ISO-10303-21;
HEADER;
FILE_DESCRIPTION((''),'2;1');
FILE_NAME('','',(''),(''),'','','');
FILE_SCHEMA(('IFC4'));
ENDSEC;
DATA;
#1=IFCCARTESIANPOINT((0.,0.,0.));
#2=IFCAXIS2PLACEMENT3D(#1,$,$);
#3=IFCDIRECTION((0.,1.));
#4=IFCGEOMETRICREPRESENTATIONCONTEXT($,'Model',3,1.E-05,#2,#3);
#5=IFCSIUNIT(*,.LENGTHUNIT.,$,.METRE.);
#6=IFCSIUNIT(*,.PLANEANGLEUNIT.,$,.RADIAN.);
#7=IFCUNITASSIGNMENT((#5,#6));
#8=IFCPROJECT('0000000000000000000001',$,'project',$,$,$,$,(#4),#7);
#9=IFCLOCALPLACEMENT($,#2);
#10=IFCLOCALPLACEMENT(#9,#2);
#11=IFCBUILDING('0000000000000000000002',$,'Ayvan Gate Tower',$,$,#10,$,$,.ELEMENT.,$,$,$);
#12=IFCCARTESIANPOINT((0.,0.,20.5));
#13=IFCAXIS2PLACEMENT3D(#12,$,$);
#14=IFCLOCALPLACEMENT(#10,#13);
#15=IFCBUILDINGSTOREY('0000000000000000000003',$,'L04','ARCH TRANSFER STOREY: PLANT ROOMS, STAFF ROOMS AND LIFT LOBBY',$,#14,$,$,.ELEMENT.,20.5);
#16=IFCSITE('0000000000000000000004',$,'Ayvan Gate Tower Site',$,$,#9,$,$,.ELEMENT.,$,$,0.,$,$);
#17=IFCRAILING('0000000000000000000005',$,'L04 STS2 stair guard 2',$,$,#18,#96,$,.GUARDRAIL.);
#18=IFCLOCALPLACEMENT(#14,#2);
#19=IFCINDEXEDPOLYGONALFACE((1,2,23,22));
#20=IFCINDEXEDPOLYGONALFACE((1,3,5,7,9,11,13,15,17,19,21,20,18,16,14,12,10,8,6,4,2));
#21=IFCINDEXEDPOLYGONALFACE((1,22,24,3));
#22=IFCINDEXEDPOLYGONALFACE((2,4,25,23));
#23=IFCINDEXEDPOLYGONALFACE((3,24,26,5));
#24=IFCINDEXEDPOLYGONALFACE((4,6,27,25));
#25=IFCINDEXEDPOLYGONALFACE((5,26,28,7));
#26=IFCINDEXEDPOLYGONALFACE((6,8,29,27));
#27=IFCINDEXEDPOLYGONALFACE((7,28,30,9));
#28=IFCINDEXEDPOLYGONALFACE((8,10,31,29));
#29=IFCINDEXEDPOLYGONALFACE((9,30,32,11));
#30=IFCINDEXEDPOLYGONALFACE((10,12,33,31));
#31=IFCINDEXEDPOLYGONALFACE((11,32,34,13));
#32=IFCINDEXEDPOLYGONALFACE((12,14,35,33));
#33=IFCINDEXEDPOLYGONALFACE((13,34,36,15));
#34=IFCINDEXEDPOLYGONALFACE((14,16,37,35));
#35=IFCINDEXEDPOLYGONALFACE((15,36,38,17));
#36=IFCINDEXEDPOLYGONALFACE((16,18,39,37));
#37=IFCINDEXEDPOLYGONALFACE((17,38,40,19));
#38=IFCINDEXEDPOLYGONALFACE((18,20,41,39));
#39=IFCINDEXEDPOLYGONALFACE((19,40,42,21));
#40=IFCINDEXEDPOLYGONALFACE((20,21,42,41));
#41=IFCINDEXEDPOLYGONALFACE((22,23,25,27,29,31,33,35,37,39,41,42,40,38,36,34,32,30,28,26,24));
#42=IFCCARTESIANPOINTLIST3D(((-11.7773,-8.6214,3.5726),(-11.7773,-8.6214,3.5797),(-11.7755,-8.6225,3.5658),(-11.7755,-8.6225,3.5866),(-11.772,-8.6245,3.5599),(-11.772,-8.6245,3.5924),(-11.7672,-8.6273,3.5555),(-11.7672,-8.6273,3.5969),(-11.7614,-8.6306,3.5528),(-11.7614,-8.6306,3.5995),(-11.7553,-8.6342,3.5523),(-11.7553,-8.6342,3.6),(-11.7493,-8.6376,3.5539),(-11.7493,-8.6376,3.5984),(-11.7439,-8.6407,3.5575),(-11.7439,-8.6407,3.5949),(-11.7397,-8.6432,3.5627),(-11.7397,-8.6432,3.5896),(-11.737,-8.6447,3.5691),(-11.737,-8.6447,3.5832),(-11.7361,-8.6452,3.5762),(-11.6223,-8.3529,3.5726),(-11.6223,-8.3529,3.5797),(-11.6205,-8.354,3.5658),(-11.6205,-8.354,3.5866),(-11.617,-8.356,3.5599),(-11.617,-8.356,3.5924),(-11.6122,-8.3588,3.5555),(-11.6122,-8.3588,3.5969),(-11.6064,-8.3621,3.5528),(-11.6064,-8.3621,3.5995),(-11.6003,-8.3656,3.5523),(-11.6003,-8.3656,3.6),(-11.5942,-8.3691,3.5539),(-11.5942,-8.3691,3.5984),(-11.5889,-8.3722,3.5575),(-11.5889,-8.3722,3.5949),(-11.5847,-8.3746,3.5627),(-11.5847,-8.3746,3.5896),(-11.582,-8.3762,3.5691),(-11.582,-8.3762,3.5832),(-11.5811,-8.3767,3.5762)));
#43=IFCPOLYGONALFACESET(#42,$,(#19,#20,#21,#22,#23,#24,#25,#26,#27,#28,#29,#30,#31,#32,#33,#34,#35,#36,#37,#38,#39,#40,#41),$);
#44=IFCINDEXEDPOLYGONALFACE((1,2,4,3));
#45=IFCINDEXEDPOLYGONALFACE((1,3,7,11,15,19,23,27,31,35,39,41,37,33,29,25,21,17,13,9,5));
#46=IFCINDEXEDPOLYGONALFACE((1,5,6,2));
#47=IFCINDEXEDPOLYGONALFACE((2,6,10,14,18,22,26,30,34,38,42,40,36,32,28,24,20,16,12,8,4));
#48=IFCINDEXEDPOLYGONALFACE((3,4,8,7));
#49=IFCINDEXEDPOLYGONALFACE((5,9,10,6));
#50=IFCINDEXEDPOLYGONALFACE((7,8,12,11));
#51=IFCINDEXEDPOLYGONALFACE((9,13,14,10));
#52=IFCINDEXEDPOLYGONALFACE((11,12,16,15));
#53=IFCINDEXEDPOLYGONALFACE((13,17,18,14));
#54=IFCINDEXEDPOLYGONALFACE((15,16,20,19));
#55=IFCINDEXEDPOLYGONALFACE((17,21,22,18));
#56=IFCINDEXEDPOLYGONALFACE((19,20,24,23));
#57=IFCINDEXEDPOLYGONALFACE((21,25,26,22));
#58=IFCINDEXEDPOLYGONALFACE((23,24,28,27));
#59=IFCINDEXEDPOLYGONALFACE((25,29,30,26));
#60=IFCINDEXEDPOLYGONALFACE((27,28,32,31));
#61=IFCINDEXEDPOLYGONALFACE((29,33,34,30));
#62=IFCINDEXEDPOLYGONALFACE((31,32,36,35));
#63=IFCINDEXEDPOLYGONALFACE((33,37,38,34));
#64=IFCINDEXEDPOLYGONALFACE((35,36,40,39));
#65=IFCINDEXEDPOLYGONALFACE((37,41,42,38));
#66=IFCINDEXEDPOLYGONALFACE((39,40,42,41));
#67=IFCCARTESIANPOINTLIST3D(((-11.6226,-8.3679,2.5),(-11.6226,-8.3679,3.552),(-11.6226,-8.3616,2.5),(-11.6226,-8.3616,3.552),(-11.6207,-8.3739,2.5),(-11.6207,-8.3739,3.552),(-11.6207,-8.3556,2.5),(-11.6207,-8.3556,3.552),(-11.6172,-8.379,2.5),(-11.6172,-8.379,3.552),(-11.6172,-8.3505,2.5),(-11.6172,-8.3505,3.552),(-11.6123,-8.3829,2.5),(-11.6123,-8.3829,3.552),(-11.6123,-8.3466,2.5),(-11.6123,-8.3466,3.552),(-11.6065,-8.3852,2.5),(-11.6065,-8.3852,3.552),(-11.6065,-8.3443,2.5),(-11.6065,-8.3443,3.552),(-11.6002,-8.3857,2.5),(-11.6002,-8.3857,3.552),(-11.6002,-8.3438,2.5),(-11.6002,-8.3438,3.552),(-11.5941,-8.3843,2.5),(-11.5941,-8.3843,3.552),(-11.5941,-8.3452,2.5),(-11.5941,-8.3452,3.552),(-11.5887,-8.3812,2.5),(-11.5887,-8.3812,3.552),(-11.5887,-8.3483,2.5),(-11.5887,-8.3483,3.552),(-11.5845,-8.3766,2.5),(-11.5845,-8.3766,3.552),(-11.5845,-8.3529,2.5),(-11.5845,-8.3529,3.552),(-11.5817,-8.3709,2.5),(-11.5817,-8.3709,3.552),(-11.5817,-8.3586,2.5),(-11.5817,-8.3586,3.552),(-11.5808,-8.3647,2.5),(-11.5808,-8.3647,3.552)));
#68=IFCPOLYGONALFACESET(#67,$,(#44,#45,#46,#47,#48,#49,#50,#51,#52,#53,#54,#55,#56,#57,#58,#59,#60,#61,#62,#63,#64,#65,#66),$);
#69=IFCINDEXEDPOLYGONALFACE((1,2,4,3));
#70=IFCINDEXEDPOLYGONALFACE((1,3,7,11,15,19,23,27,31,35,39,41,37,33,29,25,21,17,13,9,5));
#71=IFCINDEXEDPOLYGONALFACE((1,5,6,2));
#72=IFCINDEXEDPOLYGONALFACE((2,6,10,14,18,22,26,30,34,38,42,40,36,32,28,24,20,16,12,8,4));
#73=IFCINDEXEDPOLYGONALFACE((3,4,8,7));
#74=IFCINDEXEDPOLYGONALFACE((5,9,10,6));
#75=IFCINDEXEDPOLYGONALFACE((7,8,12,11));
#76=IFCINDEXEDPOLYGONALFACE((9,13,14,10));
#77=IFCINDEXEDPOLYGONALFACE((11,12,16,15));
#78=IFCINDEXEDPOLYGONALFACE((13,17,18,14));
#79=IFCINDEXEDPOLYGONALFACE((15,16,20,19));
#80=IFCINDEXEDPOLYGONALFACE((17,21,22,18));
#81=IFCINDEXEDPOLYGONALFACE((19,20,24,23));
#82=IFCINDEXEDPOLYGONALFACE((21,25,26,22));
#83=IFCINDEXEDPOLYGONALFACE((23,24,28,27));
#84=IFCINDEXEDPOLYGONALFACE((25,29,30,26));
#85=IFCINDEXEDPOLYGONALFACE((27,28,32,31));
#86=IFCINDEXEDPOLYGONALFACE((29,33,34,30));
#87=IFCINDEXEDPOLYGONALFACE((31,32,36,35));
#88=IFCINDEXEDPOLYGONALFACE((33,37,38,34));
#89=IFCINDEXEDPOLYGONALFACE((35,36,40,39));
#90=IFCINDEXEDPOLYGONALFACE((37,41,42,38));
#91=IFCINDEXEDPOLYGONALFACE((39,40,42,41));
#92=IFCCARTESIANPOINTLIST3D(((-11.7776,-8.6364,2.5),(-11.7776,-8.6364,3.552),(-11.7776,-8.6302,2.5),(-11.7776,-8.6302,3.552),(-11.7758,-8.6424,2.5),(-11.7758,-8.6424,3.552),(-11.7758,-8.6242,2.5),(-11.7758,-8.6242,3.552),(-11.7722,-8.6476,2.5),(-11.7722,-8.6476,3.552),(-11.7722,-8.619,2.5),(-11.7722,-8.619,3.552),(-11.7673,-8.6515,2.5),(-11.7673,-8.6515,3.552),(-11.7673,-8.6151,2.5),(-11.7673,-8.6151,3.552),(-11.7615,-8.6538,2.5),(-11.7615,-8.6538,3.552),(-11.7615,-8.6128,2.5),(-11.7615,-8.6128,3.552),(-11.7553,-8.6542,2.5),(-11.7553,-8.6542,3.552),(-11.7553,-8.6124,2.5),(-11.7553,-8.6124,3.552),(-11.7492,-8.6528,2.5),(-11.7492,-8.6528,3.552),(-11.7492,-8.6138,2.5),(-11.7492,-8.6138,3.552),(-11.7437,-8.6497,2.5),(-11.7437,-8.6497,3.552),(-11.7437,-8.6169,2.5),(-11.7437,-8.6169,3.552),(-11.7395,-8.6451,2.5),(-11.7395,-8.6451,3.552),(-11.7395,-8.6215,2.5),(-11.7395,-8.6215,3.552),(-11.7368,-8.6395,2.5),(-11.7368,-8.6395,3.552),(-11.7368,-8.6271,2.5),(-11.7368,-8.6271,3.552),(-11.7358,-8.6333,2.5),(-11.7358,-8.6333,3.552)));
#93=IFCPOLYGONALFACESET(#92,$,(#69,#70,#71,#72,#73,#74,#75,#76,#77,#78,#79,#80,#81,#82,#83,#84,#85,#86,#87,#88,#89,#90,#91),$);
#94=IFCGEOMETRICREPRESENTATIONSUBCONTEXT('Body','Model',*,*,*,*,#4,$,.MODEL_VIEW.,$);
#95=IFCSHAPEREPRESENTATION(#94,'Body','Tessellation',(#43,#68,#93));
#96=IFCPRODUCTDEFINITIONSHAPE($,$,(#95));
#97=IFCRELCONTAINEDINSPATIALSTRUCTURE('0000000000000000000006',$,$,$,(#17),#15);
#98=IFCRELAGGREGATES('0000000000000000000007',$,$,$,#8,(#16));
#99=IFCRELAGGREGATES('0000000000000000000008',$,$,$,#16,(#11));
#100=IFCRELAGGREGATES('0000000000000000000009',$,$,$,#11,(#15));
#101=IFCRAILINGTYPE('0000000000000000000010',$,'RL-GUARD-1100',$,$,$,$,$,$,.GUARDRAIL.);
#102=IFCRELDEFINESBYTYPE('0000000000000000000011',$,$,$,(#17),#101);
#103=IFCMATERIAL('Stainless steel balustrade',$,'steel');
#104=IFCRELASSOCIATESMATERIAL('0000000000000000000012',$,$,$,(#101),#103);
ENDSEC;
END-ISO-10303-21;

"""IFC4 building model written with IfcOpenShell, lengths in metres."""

from ifc_helpers import new_model, si_unit, direction, frame, origin, origin_2d, place, context, subcontext, project, spatial, circle, extrude, material, type_object, element, save


model = new_model("IFC4")

# Units and contexts
model_context = context("Model", 3, precision=1e-05, world=origin(), true_north=direction((0.0, 1.0)))
body_context = subcontext(model_context, "Body", "Model", "MODEL_VIEW")
ifc_project = project(units=[si_unit("LENGTHUNIT", "METRE"), si_unit("PLANEANGLEUNIT", "RADIAN")], contexts=[model_context])

# Site, building, storey
site_placement = place(None, origin())
site = spatial("IfcSite", under=ifc_project, at=site_placement, Name="Ayvan Gate Tower Site", CompositionType="ELEMENT", RefElevation=0.0)
building_placement = place(site_placement, origin())
building = spatial("IfcBuilding", under=site, at=building_placement, Name="Ayvan Gate Tower", CompositionType="ELEMENT")
storey_placement = place(building_placement, frame((0.0, 0.0, 20.5)))
storey = spatial("IfcBuildingStorey", under=building, at=storey_placement, Name="L04", Description="ARCH TRANSFER STOREY: PLANT ROOMS, STAFF ROOMS AND LIFT LOBBY", CompositionType="ELEMENT", Elevation=20.5)

# Railing
ifc_material_1 = material(Name="Stainless steel balustrade", Category="steel")
railing_type_1 = type_object("IfcRailingType", Name="RL-GUARD-1100", PredefinedType="GUARDRAIL", material=ifc_material_1)
railing_1_placement = place(storey_placement, frame((-11.6018, -8.3647, 2.5)))
element("IfcRailing", 1, at=railing_1_placement, inside=storey, type_object=railing_type_1, Name="L04 STS2 stair guard 2", PredefinedType="GUARDRAIL", context=body_context, shape_type="SweptSolid", body=[
    extrude(circle(Radius=0.0239, at=origin_2d()), frame((0.0, 0.0, 1.0762), z_axis=(-0.49995, -0.866054, 0.0), x_axis=(0.866054, -0.49995, 0.0)), (0.0, 0.0, 1.0), 0.3101),
    extrude(circle(Radius=0.021, at=origin_2d()), origin(), (0.0, 0.0, 1.0), 1.052),
    extrude(circle(Radius=0.021, at=origin_2d()), frame((-0.155, -0.2686, 0.0)), (0.0, 0.0, 1.0), 1.052),
])

save(model, "model.ifc")
